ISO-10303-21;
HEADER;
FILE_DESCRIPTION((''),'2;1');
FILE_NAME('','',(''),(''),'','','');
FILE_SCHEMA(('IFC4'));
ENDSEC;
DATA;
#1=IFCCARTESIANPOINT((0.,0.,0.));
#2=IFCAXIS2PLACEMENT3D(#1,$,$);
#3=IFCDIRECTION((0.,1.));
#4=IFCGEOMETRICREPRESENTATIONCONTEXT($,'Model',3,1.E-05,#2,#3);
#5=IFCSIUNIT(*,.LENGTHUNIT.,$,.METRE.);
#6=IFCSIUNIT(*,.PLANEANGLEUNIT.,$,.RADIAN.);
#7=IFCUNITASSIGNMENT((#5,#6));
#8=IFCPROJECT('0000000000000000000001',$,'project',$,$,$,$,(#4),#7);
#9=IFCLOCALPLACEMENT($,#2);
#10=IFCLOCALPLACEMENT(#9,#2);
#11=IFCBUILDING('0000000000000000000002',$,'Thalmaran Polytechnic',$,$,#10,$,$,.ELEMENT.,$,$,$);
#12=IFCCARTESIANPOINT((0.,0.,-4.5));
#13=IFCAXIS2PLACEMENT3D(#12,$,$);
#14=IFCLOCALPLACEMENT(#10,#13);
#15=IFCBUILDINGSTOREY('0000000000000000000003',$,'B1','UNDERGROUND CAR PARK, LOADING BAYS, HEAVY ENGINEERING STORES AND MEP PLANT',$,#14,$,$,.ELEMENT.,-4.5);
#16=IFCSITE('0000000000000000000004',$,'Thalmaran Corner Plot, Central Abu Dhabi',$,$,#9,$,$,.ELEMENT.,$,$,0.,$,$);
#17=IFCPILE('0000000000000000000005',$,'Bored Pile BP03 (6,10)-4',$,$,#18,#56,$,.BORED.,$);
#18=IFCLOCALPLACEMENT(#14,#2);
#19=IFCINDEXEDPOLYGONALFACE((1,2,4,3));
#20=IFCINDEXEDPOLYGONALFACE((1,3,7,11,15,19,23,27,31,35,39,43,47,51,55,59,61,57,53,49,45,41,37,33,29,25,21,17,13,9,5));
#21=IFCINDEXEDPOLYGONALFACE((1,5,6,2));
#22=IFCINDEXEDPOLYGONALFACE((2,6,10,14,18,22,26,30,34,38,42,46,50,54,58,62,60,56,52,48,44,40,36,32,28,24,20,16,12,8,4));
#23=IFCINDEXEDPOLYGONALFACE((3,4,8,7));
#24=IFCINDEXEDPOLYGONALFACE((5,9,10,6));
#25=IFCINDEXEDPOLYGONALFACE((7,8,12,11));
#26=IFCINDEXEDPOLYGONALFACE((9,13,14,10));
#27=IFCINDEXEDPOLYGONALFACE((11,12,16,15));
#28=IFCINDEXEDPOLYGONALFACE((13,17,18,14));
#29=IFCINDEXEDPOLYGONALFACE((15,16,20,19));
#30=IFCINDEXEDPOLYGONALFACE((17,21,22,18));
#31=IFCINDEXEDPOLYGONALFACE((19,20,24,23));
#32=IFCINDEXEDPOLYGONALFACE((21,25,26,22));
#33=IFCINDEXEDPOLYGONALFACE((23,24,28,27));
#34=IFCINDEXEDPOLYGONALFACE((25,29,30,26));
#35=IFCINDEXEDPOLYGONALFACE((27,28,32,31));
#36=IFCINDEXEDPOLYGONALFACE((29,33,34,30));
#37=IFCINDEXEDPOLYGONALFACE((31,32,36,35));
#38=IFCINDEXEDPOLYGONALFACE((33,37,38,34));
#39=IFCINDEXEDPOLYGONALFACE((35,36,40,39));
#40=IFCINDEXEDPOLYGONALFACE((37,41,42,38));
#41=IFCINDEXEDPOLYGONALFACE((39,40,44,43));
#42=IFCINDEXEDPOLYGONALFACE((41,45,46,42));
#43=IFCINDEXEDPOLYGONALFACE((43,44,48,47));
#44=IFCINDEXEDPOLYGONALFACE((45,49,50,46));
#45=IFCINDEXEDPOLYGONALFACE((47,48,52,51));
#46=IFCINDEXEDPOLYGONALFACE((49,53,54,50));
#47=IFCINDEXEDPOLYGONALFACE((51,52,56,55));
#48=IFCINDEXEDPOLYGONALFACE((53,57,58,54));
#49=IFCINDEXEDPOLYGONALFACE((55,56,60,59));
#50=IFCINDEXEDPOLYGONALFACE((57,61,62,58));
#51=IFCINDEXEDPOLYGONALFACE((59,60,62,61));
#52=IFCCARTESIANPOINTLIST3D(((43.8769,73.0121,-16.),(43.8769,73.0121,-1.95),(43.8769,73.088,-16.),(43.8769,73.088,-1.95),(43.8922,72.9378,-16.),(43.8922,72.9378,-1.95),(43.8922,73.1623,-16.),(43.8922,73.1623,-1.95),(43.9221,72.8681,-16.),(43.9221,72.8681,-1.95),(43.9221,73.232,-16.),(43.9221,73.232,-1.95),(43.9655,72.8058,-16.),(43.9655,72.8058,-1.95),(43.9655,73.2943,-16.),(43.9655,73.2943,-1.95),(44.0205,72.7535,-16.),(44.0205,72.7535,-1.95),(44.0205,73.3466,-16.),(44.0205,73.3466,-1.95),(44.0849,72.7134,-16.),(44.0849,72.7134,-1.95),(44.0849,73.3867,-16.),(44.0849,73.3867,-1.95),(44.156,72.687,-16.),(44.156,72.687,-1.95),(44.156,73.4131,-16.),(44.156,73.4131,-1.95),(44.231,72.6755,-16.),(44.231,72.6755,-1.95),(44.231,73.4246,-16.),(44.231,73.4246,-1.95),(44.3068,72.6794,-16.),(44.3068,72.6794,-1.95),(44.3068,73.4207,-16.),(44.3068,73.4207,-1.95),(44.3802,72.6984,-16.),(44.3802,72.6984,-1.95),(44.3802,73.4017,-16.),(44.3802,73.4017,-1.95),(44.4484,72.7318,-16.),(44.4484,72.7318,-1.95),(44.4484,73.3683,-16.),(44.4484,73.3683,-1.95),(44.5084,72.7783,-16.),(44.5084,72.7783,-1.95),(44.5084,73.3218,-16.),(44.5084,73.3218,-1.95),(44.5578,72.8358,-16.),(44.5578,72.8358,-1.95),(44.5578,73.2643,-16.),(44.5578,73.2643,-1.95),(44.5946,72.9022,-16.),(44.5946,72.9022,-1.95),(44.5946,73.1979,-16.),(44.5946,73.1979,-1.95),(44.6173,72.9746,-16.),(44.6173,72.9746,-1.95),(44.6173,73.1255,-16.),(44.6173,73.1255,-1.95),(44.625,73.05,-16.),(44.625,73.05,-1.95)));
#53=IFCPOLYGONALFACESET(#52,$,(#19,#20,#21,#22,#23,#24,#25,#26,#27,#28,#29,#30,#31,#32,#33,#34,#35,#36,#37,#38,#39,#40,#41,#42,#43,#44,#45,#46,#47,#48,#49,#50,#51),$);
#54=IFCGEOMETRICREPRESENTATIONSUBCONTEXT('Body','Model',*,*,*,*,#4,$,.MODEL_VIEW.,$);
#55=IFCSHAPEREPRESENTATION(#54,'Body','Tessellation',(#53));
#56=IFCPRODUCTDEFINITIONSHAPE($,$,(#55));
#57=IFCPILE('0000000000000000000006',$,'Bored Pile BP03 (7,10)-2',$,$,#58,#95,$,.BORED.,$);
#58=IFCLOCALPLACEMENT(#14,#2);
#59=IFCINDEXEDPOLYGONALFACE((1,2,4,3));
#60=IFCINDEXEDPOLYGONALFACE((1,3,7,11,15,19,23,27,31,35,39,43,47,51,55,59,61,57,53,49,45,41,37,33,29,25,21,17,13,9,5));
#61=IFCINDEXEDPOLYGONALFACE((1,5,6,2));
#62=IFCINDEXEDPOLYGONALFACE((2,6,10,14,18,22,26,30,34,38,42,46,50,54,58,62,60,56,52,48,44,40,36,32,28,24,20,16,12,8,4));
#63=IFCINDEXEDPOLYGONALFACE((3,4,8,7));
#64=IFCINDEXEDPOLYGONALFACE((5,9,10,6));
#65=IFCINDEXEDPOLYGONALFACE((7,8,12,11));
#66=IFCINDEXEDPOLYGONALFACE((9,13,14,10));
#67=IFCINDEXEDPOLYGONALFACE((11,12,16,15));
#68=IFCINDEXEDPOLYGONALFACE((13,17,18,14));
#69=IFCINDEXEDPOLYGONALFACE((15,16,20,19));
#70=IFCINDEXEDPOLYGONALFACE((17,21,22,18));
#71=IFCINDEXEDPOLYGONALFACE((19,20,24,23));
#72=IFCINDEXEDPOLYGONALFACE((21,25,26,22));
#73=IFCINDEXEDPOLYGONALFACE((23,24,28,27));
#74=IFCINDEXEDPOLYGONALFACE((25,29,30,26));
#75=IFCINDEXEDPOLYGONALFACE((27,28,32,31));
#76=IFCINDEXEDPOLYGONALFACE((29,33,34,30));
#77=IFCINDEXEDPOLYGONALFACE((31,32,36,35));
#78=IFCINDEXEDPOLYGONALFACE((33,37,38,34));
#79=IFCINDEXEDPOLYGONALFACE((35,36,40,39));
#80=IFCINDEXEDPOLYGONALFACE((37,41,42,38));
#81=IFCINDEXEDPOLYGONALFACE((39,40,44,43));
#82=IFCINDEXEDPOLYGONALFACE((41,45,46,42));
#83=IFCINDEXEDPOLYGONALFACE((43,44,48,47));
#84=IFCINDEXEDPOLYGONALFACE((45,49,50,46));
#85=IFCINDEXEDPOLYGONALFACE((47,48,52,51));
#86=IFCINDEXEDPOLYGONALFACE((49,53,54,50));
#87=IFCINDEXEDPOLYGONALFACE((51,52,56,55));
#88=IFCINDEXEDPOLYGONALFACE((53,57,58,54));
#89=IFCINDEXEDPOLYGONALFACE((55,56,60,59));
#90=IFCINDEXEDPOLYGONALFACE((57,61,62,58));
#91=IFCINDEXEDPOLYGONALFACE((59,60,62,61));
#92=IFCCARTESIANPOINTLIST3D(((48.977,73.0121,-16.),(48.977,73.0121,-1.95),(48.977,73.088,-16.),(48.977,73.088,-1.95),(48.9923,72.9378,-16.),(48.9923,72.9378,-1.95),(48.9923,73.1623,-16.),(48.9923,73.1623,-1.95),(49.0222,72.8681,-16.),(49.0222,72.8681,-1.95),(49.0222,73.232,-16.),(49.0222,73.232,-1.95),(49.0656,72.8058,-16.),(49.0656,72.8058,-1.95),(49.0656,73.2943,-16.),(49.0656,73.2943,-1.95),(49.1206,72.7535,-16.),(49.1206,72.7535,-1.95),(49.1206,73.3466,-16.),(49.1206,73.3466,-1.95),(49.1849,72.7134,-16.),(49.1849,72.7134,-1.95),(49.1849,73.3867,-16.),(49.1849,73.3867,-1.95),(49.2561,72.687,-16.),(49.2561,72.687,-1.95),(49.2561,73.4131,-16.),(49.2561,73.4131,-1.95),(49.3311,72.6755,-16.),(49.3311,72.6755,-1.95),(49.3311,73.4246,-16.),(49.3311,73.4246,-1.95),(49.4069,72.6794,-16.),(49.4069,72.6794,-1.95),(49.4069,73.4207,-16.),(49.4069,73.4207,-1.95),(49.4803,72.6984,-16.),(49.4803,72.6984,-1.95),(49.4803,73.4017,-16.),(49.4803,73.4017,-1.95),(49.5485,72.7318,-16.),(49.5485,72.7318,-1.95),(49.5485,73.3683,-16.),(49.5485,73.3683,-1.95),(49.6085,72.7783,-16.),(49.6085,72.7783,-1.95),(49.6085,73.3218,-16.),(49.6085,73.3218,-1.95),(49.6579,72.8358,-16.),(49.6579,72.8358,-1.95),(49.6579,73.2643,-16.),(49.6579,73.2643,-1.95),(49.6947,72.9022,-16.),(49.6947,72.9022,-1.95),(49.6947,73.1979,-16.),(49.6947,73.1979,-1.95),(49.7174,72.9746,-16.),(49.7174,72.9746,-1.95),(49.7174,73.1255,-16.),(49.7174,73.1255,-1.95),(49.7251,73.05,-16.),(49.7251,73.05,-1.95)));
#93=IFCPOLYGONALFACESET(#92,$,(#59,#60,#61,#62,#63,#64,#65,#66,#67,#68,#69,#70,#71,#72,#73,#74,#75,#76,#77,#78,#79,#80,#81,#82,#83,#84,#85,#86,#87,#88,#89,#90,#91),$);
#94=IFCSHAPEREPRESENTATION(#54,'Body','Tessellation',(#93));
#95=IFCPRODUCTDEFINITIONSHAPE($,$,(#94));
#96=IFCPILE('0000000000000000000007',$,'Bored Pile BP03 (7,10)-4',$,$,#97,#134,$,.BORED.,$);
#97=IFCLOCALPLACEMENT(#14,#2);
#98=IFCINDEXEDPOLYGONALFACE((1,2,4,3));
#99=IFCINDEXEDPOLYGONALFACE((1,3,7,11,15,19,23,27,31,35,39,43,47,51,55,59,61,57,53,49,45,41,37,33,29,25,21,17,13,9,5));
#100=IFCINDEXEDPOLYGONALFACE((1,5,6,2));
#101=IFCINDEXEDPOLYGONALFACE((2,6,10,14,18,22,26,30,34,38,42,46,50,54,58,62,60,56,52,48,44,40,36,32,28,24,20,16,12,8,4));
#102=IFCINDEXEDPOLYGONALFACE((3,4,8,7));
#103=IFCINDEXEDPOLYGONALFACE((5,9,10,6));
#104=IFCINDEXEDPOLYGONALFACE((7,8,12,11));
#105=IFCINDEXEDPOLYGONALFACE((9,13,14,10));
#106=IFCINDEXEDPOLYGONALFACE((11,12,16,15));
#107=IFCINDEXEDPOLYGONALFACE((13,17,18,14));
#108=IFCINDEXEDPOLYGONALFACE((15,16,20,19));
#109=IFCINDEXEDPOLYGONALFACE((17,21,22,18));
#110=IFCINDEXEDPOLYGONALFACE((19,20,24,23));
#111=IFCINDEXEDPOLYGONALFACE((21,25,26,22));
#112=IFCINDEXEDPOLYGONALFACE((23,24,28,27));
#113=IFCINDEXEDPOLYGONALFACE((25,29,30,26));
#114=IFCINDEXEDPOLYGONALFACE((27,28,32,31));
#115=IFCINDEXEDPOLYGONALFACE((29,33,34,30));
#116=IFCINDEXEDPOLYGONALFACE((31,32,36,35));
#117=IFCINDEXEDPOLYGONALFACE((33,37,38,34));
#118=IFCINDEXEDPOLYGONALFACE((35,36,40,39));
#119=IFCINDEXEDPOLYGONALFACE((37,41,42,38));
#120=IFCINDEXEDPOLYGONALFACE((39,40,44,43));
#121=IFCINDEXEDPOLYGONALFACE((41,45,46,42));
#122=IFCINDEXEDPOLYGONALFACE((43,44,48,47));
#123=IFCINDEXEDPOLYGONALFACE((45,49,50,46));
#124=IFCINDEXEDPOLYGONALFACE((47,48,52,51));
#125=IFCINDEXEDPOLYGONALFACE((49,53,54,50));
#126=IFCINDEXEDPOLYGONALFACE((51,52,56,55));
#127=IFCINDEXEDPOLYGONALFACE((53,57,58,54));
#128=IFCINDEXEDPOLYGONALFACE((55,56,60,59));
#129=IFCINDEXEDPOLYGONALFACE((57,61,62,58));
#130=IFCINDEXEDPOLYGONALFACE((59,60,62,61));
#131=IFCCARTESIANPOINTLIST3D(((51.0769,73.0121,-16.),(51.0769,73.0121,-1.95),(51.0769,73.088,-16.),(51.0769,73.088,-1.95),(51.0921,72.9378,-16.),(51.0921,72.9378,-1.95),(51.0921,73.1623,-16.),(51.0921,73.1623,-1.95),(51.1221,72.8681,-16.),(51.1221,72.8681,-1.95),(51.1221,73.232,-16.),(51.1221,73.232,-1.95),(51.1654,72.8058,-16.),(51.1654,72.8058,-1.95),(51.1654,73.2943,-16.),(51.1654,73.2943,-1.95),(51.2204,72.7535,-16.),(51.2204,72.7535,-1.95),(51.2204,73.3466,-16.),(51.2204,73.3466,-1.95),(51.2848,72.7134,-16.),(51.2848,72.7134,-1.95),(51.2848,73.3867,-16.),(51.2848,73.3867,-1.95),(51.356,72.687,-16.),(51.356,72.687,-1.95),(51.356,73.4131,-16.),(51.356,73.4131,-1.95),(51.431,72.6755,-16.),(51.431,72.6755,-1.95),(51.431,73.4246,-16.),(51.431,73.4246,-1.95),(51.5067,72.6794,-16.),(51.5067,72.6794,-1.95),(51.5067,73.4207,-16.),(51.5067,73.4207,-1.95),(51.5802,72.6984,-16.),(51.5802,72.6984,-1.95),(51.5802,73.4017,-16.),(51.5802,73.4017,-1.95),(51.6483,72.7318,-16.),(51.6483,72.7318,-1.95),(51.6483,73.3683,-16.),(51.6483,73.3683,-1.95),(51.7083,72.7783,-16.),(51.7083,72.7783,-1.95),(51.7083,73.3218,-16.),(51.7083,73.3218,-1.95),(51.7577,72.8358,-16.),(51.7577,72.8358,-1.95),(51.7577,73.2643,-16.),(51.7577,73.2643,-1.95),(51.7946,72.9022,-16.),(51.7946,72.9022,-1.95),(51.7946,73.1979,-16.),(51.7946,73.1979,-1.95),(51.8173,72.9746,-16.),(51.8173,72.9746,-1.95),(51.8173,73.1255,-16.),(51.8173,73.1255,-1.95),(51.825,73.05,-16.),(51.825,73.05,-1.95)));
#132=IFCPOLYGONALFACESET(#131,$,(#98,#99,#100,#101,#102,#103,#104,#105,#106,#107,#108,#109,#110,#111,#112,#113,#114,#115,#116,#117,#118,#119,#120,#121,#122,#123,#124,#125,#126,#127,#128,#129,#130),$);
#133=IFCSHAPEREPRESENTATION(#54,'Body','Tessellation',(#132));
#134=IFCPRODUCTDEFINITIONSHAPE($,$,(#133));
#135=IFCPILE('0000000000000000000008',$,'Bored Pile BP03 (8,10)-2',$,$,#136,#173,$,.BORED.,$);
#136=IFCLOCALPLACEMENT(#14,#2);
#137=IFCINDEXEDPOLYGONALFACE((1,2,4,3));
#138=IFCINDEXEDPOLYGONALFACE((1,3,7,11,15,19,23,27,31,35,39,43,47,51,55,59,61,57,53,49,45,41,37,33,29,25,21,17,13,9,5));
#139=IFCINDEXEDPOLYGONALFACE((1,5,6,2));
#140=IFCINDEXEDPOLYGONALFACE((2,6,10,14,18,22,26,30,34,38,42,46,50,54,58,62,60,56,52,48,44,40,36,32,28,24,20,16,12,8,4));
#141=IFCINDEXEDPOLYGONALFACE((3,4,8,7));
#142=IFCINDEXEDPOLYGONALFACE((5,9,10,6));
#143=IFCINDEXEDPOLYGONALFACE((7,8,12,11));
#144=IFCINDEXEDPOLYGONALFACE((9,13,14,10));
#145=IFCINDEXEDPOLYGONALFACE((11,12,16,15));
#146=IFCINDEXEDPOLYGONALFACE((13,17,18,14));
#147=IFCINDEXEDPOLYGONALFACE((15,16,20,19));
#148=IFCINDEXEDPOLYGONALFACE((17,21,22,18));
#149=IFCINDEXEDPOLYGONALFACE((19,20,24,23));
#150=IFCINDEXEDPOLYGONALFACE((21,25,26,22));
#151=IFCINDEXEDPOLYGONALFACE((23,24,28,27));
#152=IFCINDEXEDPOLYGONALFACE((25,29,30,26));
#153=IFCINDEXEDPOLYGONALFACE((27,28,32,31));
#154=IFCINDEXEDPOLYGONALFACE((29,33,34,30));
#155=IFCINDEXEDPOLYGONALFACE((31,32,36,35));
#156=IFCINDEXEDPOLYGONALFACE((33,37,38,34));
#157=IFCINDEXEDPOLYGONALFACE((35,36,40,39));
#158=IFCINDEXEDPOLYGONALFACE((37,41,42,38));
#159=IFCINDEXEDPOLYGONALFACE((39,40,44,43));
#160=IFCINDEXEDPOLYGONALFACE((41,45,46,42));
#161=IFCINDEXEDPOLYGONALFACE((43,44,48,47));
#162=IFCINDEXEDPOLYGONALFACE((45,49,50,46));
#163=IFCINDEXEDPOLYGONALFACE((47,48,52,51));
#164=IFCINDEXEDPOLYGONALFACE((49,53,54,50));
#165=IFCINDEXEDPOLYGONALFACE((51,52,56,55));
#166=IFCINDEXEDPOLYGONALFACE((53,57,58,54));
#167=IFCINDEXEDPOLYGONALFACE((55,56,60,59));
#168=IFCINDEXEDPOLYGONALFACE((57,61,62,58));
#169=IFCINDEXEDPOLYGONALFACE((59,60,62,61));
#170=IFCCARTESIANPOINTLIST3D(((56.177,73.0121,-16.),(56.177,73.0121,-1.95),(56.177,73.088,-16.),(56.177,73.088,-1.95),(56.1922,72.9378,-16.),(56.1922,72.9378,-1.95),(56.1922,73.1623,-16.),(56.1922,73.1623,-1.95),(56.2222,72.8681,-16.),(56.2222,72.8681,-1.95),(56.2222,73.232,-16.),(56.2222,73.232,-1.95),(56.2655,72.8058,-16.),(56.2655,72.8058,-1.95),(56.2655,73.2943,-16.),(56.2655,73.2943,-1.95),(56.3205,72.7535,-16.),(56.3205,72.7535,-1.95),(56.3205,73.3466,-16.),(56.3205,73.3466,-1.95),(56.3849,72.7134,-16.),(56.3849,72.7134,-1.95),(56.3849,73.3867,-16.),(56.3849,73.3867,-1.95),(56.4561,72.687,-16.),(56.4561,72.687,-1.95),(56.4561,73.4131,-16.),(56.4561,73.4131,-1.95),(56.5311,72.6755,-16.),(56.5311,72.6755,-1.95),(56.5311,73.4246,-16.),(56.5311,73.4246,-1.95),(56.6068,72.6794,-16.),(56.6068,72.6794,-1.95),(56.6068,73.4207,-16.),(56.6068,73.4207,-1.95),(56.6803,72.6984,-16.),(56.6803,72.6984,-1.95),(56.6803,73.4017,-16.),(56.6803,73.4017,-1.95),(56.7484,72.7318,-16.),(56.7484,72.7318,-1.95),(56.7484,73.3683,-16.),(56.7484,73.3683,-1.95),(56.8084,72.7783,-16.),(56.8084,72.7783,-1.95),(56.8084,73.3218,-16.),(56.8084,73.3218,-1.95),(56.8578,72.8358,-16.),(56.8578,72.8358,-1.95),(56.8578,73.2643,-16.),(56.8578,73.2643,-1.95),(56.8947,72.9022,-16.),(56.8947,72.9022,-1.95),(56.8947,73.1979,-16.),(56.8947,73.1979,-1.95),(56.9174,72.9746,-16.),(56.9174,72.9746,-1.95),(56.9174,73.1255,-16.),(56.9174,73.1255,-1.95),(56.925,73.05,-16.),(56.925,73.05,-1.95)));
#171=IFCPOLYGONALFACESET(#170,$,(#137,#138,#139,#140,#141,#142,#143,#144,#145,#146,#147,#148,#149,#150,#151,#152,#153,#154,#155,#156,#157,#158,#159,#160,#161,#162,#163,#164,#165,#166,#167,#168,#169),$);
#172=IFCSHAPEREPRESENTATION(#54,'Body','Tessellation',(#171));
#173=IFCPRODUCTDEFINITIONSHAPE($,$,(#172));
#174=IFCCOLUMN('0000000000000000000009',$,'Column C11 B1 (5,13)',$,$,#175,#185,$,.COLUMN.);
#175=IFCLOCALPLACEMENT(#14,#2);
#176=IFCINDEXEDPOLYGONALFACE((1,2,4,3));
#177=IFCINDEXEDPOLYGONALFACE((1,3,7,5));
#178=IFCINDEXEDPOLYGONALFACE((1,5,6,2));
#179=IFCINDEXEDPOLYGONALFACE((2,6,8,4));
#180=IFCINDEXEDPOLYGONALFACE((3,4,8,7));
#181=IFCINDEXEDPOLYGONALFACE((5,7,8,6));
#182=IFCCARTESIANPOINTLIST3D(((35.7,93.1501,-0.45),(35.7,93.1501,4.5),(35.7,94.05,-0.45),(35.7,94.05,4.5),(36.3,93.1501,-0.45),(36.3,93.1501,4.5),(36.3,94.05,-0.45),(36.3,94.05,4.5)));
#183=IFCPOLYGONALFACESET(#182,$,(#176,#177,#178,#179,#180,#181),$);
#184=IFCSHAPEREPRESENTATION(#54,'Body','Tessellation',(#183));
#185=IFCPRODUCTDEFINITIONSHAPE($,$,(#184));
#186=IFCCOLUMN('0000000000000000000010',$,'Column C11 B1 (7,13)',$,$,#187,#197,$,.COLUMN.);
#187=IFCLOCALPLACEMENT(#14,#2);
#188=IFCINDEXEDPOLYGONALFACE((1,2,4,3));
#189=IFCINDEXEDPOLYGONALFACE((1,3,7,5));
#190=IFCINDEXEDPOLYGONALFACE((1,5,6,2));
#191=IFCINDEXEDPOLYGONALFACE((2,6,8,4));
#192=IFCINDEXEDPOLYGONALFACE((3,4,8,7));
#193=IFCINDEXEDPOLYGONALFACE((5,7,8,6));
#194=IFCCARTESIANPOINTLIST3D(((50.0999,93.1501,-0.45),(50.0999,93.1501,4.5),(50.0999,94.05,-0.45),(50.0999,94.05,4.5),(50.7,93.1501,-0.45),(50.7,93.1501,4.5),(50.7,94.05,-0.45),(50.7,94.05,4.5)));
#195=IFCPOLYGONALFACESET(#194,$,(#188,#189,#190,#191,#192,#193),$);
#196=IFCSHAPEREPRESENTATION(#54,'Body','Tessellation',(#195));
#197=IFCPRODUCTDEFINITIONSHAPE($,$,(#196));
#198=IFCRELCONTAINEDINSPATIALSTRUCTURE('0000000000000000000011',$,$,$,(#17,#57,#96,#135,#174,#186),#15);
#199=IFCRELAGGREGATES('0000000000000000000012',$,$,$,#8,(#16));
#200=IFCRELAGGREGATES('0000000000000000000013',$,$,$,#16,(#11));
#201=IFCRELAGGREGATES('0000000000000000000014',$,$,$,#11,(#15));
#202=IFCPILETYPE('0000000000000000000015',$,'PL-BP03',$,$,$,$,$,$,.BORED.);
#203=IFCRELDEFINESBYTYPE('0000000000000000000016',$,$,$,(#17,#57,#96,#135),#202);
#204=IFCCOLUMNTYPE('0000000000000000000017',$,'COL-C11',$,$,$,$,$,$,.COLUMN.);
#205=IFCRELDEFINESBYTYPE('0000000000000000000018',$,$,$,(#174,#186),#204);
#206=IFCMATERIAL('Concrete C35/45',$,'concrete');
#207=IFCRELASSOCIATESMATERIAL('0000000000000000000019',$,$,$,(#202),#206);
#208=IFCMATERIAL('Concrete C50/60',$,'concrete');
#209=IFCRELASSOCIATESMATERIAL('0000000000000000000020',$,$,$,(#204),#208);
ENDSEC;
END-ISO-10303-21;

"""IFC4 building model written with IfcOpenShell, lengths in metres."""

from ifc_helpers import new_model, si_unit, direction, frame, origin, origin_2d, place, context, subcontext, project, spatial, rectangle, circle, extrude, material, material_profile, profile_set, type_object, element, save


model = new_model("IFC4")

# Units and contexts
model_context = context("Model", 3, precision=1e-05, world=origin(), true_north=direction((0.0, 1.0)))
body_context = subcontext(model_context, "Body", "Model", "MODEL_VIEW")
ifc_project = project(units=[si_unit("LENGTHUNIT", "METRE"), si_unit("PLANEANGLEUNIT", "RADIAN")], contexts=[model_context])

# Site, building, storey
site_placement = place(None, origin())
site = spatial("IfcSite", under=ifc_project, at=site_placement, Name="Thalmaran Corner Plot, Central Abu Dhabi", CompositionType="ELEMENT", RefElevation=0.0)
building_placement = place(site_placement, origin())
building = spatial("IfcBuilding", under=site, at=building_placement, Name="Thalmaran Polytechnic", CompositionType="ELEMENT")
storey_placement = place(building_placement, frame((0.0, 0.0, -4.5)))
storey = spatial("IfcBuildingStorey", under=building, at=storey_placement, Name="B1", Description="UNDERGROUND CAR PARK, LOADING BAYS, HEAVY ENGINEERING STORES AND MEP PLANT", CompositionType="ELEMENT", Elevation=-4.5)

# Piles
ifc_material_1 = material(Name="Concrete C35/45", Category="concrete")
ifc_material_profile_1 = material_profile(ifc_material_1, circle(Radius=0.375, at=origin_2d()), Name="RC 750 DIA")
ifc_profile_set_1 = profile_set([ifc_material_profile_1], Name="Concrete C35/45")
pile_type_1 = type_object("IfcPileType", Name="PL-BP03", PredefinedType="BORED", material=ifc_profile_set_1)
for number, where, z_axis, x_axis, name in (
    (1, (44.25, 73.05, -1.95), (0.0, 0.0, -1.0), (1.0, 0.0, 0.0), "Bored Pile BP03 (6,10)-4"),
    (2, (49.3501, 73.05, -1.95), (0.0, 0.0, -1.0), (1.0, 0.0, 0.0), "Bored Pile BP03 (7,10)-2"),
    (3, (51.45, 73.05, -1.95), (0.0, 0.0, -1.0), (1.0, 0.0, 0.0), "Bored Pile BP03 (7,10)-4"),
    (4, (56.55, 73.05, -1.95), (0.0, 0.0, -1.0), (1.0, 0.0, 0.0), "Bored Pile BP03 (8,10)-2"),
):
    element("IfcPile", number, at=place(storey_placement, frame(where, z_axis=z_axis, x_axis=x_axis)), inside=storey, type_object=pile_type_1, Name=name, PredefinedType="BORED", context=body_context, shape_type="SweptSolid", body=[
        extrude(circle(Radius=0.375, at=origin_2d()), origin(), (0.0, 0.0, 1.0), 14.05),
    ])

# Columns
ifc_material_2 = material(Name="Concrete C50/60", Category="concrete")
ifc_material_profile_2 = material_profile(ifc_material_2, rectangle(XDim=0.6001, YDim=0.8999, at=origin_2d()), Name="RC 600x900")
ifc_profile_set_2 = profile_set([ifc_material_profile_2], Name="Concrete C50/60")
column_type_1 = type_object("IfcColumnType", Name="COL-C11", PredefinedType="COLUMN", material=ifc_profile_set_2)
for number, where, z_axis, x_axis, name in (
    (5, (36.0, 93.6001, -0.45), (0.0, 0.0, 1.0), (1.0, 0.0, 0.0), "Column C11 B1 (5,13)"),
    (6, (50.3999, 93.6001, -0.45), (0.0, 0.0, 1.0), (1.0, 0.0, 0.0), "Column C11 B1 (7,13)"),
):
    element("IfcColumn", number, at=place(storey_placement, frame(where, z_axis=z_axis, x_axis=x_axis)), inside=storey, type_object=column_type_1, Name=name, PredefinedType="COLUMN", context=body_context, shape_type="SweptSolid", body=[
        extrude(rectangle(XDim=0.6001, YDim=0.8999, at=origin_2d()), origin(), (0.0, 0.0, 1.0), 4.95),
    ])

save(model, "model.ifc")
